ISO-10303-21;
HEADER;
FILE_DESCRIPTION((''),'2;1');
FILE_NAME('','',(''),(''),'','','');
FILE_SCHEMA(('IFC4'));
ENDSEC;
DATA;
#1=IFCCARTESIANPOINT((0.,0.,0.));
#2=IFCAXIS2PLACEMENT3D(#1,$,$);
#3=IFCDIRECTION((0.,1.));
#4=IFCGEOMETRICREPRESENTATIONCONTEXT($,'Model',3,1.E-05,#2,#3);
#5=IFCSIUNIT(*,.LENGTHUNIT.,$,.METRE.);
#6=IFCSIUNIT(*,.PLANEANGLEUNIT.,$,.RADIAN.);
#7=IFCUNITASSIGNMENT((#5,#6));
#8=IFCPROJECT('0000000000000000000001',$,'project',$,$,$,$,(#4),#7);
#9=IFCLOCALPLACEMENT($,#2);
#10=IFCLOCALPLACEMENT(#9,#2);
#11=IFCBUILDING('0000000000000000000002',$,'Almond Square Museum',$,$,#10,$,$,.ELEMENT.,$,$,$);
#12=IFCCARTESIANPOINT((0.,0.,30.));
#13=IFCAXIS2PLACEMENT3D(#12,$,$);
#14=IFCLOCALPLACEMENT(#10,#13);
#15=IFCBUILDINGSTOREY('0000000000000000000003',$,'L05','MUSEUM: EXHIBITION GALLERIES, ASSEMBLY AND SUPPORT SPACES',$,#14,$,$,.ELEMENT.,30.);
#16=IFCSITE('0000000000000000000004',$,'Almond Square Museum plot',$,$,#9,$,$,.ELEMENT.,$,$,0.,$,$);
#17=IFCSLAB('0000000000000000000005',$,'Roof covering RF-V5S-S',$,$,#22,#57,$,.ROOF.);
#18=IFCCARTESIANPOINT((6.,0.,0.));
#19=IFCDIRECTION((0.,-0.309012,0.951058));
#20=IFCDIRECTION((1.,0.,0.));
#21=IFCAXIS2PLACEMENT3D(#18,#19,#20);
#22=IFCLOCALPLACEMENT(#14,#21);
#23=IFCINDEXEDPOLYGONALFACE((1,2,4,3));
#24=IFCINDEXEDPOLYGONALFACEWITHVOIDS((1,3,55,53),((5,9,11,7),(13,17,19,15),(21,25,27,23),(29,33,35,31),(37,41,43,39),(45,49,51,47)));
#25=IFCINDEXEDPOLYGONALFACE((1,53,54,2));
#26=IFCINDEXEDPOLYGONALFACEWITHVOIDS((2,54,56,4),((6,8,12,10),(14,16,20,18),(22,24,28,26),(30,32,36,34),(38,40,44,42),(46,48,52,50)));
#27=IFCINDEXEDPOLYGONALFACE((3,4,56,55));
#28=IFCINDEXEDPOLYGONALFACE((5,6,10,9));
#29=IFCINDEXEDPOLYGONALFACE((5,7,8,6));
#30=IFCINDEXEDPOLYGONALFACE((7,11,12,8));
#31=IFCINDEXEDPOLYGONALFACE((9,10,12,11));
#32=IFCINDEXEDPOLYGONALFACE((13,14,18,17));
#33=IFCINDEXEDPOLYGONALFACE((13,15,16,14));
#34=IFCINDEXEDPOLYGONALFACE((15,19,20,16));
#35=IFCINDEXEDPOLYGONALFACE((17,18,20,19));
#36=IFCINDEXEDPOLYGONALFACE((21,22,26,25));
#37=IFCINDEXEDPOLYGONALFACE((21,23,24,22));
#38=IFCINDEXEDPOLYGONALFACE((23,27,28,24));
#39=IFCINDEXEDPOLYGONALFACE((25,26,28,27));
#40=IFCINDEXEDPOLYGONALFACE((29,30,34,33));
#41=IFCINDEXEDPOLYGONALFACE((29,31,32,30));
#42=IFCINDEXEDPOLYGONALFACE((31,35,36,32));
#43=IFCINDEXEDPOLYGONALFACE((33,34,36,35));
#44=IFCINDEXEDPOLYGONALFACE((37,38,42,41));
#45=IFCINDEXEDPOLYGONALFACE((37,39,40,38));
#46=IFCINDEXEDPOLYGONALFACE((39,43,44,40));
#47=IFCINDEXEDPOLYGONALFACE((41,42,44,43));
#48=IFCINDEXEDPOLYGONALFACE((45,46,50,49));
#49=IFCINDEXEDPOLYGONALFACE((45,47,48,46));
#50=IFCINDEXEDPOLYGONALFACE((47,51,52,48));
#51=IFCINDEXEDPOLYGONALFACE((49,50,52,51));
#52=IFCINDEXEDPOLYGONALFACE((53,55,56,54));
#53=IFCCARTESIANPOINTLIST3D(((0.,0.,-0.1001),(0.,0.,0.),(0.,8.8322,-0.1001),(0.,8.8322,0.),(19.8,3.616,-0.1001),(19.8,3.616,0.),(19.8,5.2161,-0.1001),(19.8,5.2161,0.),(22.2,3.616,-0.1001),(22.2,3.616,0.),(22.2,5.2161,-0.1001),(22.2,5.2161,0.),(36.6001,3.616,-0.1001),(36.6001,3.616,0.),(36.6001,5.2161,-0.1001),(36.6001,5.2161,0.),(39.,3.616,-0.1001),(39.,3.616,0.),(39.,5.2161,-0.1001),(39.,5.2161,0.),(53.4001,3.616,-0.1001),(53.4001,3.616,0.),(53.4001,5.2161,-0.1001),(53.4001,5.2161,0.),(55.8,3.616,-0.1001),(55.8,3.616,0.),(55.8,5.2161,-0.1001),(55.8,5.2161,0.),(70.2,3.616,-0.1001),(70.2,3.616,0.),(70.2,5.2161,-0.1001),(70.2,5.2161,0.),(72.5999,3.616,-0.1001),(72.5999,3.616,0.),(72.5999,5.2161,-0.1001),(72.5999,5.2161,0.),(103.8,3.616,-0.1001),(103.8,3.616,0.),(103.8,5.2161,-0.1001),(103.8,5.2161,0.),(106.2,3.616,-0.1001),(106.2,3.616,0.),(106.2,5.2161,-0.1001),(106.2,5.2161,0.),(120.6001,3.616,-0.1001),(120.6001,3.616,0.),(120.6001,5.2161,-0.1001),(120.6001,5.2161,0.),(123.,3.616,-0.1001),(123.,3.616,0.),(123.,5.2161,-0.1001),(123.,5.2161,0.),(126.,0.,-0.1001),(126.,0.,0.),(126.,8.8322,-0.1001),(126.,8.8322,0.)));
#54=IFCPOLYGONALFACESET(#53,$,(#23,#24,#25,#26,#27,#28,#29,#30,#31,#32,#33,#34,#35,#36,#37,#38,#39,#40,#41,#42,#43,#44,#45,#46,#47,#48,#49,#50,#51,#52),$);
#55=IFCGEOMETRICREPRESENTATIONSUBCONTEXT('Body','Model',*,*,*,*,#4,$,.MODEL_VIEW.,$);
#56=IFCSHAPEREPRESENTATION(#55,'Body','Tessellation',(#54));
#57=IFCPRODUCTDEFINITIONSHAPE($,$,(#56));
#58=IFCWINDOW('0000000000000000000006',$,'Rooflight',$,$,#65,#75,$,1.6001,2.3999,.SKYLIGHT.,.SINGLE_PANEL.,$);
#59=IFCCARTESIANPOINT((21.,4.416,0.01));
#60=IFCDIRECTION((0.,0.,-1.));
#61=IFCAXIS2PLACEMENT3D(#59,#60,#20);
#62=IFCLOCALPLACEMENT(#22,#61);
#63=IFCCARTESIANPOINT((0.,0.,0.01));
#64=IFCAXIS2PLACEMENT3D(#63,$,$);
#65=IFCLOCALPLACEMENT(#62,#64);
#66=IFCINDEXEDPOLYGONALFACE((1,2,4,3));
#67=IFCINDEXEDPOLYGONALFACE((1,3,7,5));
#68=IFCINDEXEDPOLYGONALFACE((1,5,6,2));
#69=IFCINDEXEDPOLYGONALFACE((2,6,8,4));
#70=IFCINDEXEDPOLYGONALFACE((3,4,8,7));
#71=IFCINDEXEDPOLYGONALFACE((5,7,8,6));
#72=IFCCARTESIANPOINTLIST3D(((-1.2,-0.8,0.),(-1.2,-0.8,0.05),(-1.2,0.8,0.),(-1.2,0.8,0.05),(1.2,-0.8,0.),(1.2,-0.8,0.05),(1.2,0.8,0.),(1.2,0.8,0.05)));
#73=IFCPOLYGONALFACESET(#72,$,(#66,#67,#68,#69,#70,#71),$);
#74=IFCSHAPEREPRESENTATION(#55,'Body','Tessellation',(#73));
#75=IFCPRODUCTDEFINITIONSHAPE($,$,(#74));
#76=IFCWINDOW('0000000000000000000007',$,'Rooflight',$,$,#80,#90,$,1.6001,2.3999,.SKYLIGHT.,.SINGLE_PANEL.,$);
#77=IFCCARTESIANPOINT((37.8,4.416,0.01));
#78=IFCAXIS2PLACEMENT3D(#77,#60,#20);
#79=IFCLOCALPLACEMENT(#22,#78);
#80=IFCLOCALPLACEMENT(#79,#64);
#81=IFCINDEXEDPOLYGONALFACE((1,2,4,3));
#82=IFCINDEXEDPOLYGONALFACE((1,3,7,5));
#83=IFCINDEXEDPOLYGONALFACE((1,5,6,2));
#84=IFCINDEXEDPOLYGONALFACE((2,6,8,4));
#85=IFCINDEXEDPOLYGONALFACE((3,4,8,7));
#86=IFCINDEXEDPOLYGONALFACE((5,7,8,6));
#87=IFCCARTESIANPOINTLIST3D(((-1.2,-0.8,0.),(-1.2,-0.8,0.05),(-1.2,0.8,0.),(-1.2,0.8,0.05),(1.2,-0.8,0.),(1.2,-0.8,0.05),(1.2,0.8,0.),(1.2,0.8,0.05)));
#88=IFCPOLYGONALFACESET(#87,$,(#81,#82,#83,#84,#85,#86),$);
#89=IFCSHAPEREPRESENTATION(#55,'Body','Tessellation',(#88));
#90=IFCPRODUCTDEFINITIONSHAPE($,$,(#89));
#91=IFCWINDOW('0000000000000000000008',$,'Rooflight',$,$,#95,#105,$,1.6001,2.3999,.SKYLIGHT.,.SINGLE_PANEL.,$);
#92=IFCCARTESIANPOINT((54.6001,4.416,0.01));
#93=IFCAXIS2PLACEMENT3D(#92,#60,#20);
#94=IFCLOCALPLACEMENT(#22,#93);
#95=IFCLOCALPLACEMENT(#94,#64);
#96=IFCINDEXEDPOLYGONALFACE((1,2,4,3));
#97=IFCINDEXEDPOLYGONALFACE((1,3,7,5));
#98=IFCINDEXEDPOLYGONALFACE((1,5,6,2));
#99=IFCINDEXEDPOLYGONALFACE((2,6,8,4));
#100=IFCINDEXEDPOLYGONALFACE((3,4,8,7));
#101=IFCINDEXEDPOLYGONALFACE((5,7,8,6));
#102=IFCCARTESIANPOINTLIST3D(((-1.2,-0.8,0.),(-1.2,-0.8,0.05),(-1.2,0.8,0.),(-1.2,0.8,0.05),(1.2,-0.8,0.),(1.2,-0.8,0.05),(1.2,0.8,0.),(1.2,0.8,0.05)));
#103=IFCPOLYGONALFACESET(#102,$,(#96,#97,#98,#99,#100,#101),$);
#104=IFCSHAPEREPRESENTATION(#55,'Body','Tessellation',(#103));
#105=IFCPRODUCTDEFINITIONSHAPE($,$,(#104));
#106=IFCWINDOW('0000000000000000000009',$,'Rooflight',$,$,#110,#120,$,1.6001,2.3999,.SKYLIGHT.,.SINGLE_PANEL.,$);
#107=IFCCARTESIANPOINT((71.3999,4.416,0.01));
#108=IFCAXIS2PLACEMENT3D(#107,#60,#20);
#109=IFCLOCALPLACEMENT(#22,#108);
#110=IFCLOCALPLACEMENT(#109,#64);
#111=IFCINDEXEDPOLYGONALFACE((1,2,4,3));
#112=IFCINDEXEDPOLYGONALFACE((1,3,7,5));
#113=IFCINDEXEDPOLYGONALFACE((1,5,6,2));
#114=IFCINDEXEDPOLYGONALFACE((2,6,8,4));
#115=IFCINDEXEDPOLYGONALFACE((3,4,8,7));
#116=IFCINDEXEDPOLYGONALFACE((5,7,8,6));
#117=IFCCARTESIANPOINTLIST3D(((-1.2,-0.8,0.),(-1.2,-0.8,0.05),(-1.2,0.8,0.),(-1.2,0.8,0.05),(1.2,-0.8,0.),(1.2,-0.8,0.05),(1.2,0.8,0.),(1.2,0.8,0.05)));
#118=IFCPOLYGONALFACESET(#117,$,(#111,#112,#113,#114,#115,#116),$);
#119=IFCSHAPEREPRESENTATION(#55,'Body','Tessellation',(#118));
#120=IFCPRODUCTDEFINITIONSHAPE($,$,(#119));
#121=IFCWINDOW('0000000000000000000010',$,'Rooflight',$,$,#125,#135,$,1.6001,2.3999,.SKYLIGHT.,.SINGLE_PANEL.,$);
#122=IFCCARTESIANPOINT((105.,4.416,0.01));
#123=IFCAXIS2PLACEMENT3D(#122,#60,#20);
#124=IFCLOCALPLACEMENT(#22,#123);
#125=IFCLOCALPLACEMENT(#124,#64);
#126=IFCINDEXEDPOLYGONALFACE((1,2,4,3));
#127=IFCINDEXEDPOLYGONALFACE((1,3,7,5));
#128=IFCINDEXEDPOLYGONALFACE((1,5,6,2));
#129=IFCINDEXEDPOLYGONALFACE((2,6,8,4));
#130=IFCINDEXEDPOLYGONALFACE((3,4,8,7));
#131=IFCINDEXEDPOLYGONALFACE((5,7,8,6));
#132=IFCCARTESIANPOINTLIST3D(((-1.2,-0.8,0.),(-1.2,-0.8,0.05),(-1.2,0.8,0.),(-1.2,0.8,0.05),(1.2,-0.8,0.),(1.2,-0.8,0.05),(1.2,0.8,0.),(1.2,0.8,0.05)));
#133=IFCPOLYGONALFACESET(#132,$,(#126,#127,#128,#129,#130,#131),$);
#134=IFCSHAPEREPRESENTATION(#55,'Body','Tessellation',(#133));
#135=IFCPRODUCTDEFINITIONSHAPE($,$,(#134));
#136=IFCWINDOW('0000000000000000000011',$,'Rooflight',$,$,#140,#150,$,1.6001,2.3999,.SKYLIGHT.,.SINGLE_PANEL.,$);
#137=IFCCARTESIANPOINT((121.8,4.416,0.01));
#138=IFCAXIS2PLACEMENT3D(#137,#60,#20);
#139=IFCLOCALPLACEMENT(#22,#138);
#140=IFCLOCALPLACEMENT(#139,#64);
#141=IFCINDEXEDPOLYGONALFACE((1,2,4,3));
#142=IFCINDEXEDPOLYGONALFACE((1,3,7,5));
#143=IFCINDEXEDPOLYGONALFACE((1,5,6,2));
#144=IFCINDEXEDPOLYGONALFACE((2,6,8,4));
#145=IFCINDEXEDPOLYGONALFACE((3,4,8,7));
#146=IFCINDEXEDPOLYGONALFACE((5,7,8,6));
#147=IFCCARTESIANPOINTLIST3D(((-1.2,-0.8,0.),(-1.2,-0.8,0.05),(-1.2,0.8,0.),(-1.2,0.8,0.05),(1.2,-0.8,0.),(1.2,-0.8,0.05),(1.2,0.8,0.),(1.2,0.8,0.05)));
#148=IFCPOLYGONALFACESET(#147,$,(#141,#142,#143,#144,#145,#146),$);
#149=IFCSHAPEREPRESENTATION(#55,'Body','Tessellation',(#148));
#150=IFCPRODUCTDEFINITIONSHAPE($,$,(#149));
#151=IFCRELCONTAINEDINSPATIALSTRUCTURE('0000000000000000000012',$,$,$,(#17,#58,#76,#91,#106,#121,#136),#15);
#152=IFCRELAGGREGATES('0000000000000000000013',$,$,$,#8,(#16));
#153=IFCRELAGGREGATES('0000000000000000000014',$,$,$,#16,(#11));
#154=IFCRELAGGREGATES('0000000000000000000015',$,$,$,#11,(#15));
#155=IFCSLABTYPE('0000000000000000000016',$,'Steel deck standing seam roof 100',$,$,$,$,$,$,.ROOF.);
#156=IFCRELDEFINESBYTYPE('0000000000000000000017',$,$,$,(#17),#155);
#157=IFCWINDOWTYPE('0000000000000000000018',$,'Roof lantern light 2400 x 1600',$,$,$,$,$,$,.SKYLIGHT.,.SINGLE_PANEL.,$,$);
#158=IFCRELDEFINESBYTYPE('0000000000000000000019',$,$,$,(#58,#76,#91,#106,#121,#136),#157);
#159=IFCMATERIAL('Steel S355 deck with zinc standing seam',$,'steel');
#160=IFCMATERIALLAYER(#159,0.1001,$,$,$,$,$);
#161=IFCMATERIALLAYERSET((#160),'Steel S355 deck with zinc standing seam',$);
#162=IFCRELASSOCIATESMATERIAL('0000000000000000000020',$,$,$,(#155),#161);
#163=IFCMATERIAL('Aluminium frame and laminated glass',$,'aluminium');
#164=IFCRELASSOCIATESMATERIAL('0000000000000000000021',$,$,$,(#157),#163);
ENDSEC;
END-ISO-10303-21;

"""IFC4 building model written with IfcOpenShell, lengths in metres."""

from ifc_helpers import new_model, si_unit, direction, frame, origin, origin_2d, place, context, subcontext, project, spatial, polyline, rectangle, outline, extrude, material, layer, layer_set, type_object, element, fill, save


model = new_model("IFC4")

# Units and contexts
model_context = context("Model", 3, precision=1e-05, world=origin(), true_north=direction((0.0, 1.0)))
body_context = subcontext(model_context, "Body", "Model", "MODEL_VIEW")
ifc_project = project(units=[si_unit("LENGTHUNIT", "METRE"), si_unit("PLANEANGLEUNIT", "RADIAN")], contexts=[model_context])

# Site, building, storey
site_placement = place(None, origin())
site = spatial("IfcSite", under=ifc_project, at=site_placement, Name="Almond Square Museum plot", CompositionType="ELEMENT", RefElevation=0.0)
building_placement = place(site_placement, origin())
building = spatial("IfcBuilding", under=site, at=building_placement, Name="Almond Square Museum", CompositionType="ELEMENT")
storey_placement = place(building_placement, frame((0.0, 0.0, 30.0)))
storey = spatial("IfcBuildingStorey", under=building, at=storey_placement, Name="L05", Description="MUSEUM: EXHIBITION GALLERIES, ASSEMBLY AND SUPPORT SPACES", CompositionType="ELEMENT", Elevation=30.0)

# Slab, openings, windows
ifc_material_1 = material(Name="Steel S355 deck with zinc standing seam", Category="steel")
ifc_layer_1 = layer(ifc_material_1, 0.1001)
ifc_layer_set_1 = layer_set([ifc_layer_1], Name="Steel S355 deck with zinc standing seam")
slab_type_1 = type_object("IfcSlabType", Name="Steel deck standing seam roof 100", PredefinedType="ROOF", material=ifc_layer_set_1)
slab_1_placement = place(storey_placement, frame((6.0, 0.0, 0.0), z_axis=(0.0, -0.309012, 0.951058), x_axis=(1.0, 0.0, 0.0)))
slab_1 = element("IfcSlab", 1, at=slab_1_placement, inside=storey, type_object=slab_type_1, Name="Roof covering RF-V5S-S", PredefinedType="ROOF", context=body_context, shape_type="SweptSolid", body=[
    extrude(outline(polyline([(0.0, 0.0), (126.0, 0.0), (126.0, 8.8322), (0.0, 8.8322), (0.0, 0.0)])), origin(), (0.0, 0.0, -1.0), 0.1001),
])
opening_1_placement = place(slab_1_placement, frame((21.0, 4.416, 0.01), z_axis=(0.0, 0.0, -1.0), x_axis=(1.0, 0.0, 0.0)))
opening_1 = element("IfcOpeningElement", 2, at=opening_1_placement, cuts=slab_1, PredefinedType="OPENING", context=body_context, shape_type="SweptSolid", body=[
    extrude(rectangle(XDim=2.3999, YDim=1.6001, at=origin_2d()), origin(), (0.0, 0.0, 1.0), 0.1201),
])
opening_2_placement = place(slab_1_placement, frame((37.8, 4.416, 0.01), z_axis=(0.0, 0.0, -1.0), x_axis=(1.0, 0.0, 0.0)))
opening_2 = element("IfcOpeningElement", 3, at=opening_2_placement, cuts=slab_1, PredefinedType="OPENING", context=body_context, shape_type="SweptSolid", body=[
    extrude(rectangle(XDim=2.3999, YDim=1.6001, at=origin_2d()), origin(), (0.0, 0.0, 1.0), 0.1201),
])
opening_3_placement = place(slab_1_placement, frame((54.6001, 4.416, 0.01), z_axis=(0.0, 0.0, -1.0), x_axis=(1.0, 0.0, 0.0)))
opening_3 = element("IfcOpeningElement", 4, at=opening_3_placement, cuts=slab_1, PredefinedType="OPENING", context=body_context, shape_type="SweptSolid", body=[
    extrude(rectangle(XDim=2.3999, YDim=1.6001, at=origin_2d()), origin(), (0.0, 0.0, 1.0), 0.1201),
])
opening_4_placement = place(slab_1_placement, frame((71.3999, 4.416, 0.01), z_axis=(0.0, 0.0, -1.0), x_axis=(1.0, 0.0, 0.0)))
opening_4 = element("IfcOpeningElement", 5, at=opening_4_placement, cuts=slab_1, PredefinedType="OPENING", context=body_context, shape_type="SweptSolid", body=[
    extrude(rectangle(XDim=2.3999, YDim=1.6001, at=origin_2d()), origin(), (0.0, 0.0, 1.0), 0.1201),
])
opening_5_placement = place(slab_1_placement, frame((105.0, 4.416, 0.01), z_axis=(0.0, 0.0, -1.0), x_axis=(1.0, 0.0, 0.0)))
opening_5 = element("IfcOpeningElement", 6, at=opening_5_placement, cuts=slab_1, PredefinedType="OPENING", context=body_context, shape_type="SweptSolid", body=[
    extrude(rectangle(XDim=2.3999, YDim=1.6001, at=origin_2d()), origin(), (0.0, 0.0, 1.0), 0.1201),
])
opening_6_placement = place(slab_1_placement, frame((121.8, 4.416, 0.01), z_axis=(0.0, 0.0, -1.0), x_axis=(1.0, 0.0, 0.0)))
opening_6 = element("IfcOpeningElement", 7, at=opening_6_placement, cuts=slab_1, PredefinedType="OPENING", context=body_context, shape_type="SweptSolid", body=[
    extrude(rectangle(XDim=2.3999, YDim=1.6001, at=origin_2d()), origin(), (0.0, 0.0, 1.0), 0.1201),
])
ifc_material_2 = material(Name="Aluminium frame and laminated glass", Category="aluminium")
window_type = type_object("IfcWindowType", Name="Roof lantern light 2400 x 1600", PartitioningType="SINGLE_PANEL", PredefinedType="SKYLIGHT", material=ifc_material_2)
window_1_placement = place(opening_1_placement, frame((0.0, 0.0, 0.01)))
window_1 = element("IfcWindow", 8, at=window_1_placement, inside=storey, type_object=window_type, Name="Rooflight", OverallHeight=1.6001, OverallWidth=2.3999, PartitioningType="SINGLE_PANEL", PredefinedType="SKYLIGHT", context=body_context, shape_type="SweptSolid", body=[
    extrude(rectangle(XDim=2.3999, YDim=1.6001, at=origin_2d()), origin(), (0.0, 0.0, 1.0), 0.05),
])
fill(opening_1, window_1)
window_2_placement = place(opening_2_placement, frame((0.0, 0.0, 0.01)))
window_2 = element("IfcWindow", 9, at=window_2_placement, inside=storey, type_object=window_type, Name="Rooflight", OverallHeight=1.6001, OverallWidth=2.3999, PartitioningType="SINGLE_PANEL", PredefinedType="SKYLIGHT", context=body_context, shape_type="SweptSolid", body=[
    extrude(rectangle(XDim=2.3999, YDim=1.6001, at=origin_2d()), origin(), (0.0, 0.0, 1.0), 0.05),
])
fill(opening_2, window_2)
window_3_placement = place(opening_3_placement, frame((0.0, 0.0, 0.01)))
window_3 = element("IfcWindow", 10, at=window_3_placement, inside=storey, type_object=window_type, Name="Rooflight", OverallHeight=1.6001, OverallWidth=2.3999, PartitioningType="SINGLE_PANEL", PredefinedType="SKYLIGHT", context=body_context, shape_type="SweptSolid", body=[
    extrude(rectangle(XDim=2.3999, YDim=1.6001, at=origin_2d()), origin(), (0.0, 0.0, 1.0), 0.05),
])
fill(opening_3, window_3)
window_4_placement = place(opening_4_placement, frame((0.0, 0.0, 0.01)))
window_4 = element("IfcWindow", 11, at=window_4_placement, inside=storey, type_object=window_type, Name="Rooflight", OverallHeight=1.6001, OverallWidth=2.3999, PartitioningType="SINGLE_PANEL", PredefinedType="SKYLIGHT", context=body_context, shape_type="SweptSolid", body=[
    extrude(rectangle(XDim=2.3999, YDim=1.6001, at=origin_2d()), origin(), (0.0, 0.0, 1.0), 0.05),
])
fill(opening_4, window_4)
window_5_placement = place(opening_5_placement, frame((0.0, 0.0, 0.01)))
window_5 = element("IfcWindow", 12, at=window_5_placement, inside=storey, type_object=window_type, Name="Rooflight", OverallHeight=1.6001, OverallWidth=2.3999, PartitioningType="SINGLE_PANEL", PredefinedType="SKYLIGHT", context=body_context, shape_type="SweptSolid", body=[
    extrude(rectangle(XDim=2.3999, YDim=1.6001, at=origin_2d()), origin(), (0.0, 0.0, 1.0), 0.05),
])
fill(opening_5, window_5)
window_6_placement = place(opening_6_placement, frame((0.0, 0.0, 0.01)))
window_6 = element("IfcWindow", 13, at=window_6_placement, inside=storey, type_object=window_type, Name="Rooflight", OverallHeight=1.6001, OverallWidth=2.3999, PartitioningType="SINGLE_PANEL", PredefinedType="SKYLIGHT", context=body_context, shape_type="SweptSolid", body=[
    extrude(rectangle(XDim=2.3999, YDim=1.6001, at=origin_2d()), origin(), (0.0, 0.0, 1.0), 0.05),
])
fill(opening_6, window_6)

save(model, "model.ifc")
